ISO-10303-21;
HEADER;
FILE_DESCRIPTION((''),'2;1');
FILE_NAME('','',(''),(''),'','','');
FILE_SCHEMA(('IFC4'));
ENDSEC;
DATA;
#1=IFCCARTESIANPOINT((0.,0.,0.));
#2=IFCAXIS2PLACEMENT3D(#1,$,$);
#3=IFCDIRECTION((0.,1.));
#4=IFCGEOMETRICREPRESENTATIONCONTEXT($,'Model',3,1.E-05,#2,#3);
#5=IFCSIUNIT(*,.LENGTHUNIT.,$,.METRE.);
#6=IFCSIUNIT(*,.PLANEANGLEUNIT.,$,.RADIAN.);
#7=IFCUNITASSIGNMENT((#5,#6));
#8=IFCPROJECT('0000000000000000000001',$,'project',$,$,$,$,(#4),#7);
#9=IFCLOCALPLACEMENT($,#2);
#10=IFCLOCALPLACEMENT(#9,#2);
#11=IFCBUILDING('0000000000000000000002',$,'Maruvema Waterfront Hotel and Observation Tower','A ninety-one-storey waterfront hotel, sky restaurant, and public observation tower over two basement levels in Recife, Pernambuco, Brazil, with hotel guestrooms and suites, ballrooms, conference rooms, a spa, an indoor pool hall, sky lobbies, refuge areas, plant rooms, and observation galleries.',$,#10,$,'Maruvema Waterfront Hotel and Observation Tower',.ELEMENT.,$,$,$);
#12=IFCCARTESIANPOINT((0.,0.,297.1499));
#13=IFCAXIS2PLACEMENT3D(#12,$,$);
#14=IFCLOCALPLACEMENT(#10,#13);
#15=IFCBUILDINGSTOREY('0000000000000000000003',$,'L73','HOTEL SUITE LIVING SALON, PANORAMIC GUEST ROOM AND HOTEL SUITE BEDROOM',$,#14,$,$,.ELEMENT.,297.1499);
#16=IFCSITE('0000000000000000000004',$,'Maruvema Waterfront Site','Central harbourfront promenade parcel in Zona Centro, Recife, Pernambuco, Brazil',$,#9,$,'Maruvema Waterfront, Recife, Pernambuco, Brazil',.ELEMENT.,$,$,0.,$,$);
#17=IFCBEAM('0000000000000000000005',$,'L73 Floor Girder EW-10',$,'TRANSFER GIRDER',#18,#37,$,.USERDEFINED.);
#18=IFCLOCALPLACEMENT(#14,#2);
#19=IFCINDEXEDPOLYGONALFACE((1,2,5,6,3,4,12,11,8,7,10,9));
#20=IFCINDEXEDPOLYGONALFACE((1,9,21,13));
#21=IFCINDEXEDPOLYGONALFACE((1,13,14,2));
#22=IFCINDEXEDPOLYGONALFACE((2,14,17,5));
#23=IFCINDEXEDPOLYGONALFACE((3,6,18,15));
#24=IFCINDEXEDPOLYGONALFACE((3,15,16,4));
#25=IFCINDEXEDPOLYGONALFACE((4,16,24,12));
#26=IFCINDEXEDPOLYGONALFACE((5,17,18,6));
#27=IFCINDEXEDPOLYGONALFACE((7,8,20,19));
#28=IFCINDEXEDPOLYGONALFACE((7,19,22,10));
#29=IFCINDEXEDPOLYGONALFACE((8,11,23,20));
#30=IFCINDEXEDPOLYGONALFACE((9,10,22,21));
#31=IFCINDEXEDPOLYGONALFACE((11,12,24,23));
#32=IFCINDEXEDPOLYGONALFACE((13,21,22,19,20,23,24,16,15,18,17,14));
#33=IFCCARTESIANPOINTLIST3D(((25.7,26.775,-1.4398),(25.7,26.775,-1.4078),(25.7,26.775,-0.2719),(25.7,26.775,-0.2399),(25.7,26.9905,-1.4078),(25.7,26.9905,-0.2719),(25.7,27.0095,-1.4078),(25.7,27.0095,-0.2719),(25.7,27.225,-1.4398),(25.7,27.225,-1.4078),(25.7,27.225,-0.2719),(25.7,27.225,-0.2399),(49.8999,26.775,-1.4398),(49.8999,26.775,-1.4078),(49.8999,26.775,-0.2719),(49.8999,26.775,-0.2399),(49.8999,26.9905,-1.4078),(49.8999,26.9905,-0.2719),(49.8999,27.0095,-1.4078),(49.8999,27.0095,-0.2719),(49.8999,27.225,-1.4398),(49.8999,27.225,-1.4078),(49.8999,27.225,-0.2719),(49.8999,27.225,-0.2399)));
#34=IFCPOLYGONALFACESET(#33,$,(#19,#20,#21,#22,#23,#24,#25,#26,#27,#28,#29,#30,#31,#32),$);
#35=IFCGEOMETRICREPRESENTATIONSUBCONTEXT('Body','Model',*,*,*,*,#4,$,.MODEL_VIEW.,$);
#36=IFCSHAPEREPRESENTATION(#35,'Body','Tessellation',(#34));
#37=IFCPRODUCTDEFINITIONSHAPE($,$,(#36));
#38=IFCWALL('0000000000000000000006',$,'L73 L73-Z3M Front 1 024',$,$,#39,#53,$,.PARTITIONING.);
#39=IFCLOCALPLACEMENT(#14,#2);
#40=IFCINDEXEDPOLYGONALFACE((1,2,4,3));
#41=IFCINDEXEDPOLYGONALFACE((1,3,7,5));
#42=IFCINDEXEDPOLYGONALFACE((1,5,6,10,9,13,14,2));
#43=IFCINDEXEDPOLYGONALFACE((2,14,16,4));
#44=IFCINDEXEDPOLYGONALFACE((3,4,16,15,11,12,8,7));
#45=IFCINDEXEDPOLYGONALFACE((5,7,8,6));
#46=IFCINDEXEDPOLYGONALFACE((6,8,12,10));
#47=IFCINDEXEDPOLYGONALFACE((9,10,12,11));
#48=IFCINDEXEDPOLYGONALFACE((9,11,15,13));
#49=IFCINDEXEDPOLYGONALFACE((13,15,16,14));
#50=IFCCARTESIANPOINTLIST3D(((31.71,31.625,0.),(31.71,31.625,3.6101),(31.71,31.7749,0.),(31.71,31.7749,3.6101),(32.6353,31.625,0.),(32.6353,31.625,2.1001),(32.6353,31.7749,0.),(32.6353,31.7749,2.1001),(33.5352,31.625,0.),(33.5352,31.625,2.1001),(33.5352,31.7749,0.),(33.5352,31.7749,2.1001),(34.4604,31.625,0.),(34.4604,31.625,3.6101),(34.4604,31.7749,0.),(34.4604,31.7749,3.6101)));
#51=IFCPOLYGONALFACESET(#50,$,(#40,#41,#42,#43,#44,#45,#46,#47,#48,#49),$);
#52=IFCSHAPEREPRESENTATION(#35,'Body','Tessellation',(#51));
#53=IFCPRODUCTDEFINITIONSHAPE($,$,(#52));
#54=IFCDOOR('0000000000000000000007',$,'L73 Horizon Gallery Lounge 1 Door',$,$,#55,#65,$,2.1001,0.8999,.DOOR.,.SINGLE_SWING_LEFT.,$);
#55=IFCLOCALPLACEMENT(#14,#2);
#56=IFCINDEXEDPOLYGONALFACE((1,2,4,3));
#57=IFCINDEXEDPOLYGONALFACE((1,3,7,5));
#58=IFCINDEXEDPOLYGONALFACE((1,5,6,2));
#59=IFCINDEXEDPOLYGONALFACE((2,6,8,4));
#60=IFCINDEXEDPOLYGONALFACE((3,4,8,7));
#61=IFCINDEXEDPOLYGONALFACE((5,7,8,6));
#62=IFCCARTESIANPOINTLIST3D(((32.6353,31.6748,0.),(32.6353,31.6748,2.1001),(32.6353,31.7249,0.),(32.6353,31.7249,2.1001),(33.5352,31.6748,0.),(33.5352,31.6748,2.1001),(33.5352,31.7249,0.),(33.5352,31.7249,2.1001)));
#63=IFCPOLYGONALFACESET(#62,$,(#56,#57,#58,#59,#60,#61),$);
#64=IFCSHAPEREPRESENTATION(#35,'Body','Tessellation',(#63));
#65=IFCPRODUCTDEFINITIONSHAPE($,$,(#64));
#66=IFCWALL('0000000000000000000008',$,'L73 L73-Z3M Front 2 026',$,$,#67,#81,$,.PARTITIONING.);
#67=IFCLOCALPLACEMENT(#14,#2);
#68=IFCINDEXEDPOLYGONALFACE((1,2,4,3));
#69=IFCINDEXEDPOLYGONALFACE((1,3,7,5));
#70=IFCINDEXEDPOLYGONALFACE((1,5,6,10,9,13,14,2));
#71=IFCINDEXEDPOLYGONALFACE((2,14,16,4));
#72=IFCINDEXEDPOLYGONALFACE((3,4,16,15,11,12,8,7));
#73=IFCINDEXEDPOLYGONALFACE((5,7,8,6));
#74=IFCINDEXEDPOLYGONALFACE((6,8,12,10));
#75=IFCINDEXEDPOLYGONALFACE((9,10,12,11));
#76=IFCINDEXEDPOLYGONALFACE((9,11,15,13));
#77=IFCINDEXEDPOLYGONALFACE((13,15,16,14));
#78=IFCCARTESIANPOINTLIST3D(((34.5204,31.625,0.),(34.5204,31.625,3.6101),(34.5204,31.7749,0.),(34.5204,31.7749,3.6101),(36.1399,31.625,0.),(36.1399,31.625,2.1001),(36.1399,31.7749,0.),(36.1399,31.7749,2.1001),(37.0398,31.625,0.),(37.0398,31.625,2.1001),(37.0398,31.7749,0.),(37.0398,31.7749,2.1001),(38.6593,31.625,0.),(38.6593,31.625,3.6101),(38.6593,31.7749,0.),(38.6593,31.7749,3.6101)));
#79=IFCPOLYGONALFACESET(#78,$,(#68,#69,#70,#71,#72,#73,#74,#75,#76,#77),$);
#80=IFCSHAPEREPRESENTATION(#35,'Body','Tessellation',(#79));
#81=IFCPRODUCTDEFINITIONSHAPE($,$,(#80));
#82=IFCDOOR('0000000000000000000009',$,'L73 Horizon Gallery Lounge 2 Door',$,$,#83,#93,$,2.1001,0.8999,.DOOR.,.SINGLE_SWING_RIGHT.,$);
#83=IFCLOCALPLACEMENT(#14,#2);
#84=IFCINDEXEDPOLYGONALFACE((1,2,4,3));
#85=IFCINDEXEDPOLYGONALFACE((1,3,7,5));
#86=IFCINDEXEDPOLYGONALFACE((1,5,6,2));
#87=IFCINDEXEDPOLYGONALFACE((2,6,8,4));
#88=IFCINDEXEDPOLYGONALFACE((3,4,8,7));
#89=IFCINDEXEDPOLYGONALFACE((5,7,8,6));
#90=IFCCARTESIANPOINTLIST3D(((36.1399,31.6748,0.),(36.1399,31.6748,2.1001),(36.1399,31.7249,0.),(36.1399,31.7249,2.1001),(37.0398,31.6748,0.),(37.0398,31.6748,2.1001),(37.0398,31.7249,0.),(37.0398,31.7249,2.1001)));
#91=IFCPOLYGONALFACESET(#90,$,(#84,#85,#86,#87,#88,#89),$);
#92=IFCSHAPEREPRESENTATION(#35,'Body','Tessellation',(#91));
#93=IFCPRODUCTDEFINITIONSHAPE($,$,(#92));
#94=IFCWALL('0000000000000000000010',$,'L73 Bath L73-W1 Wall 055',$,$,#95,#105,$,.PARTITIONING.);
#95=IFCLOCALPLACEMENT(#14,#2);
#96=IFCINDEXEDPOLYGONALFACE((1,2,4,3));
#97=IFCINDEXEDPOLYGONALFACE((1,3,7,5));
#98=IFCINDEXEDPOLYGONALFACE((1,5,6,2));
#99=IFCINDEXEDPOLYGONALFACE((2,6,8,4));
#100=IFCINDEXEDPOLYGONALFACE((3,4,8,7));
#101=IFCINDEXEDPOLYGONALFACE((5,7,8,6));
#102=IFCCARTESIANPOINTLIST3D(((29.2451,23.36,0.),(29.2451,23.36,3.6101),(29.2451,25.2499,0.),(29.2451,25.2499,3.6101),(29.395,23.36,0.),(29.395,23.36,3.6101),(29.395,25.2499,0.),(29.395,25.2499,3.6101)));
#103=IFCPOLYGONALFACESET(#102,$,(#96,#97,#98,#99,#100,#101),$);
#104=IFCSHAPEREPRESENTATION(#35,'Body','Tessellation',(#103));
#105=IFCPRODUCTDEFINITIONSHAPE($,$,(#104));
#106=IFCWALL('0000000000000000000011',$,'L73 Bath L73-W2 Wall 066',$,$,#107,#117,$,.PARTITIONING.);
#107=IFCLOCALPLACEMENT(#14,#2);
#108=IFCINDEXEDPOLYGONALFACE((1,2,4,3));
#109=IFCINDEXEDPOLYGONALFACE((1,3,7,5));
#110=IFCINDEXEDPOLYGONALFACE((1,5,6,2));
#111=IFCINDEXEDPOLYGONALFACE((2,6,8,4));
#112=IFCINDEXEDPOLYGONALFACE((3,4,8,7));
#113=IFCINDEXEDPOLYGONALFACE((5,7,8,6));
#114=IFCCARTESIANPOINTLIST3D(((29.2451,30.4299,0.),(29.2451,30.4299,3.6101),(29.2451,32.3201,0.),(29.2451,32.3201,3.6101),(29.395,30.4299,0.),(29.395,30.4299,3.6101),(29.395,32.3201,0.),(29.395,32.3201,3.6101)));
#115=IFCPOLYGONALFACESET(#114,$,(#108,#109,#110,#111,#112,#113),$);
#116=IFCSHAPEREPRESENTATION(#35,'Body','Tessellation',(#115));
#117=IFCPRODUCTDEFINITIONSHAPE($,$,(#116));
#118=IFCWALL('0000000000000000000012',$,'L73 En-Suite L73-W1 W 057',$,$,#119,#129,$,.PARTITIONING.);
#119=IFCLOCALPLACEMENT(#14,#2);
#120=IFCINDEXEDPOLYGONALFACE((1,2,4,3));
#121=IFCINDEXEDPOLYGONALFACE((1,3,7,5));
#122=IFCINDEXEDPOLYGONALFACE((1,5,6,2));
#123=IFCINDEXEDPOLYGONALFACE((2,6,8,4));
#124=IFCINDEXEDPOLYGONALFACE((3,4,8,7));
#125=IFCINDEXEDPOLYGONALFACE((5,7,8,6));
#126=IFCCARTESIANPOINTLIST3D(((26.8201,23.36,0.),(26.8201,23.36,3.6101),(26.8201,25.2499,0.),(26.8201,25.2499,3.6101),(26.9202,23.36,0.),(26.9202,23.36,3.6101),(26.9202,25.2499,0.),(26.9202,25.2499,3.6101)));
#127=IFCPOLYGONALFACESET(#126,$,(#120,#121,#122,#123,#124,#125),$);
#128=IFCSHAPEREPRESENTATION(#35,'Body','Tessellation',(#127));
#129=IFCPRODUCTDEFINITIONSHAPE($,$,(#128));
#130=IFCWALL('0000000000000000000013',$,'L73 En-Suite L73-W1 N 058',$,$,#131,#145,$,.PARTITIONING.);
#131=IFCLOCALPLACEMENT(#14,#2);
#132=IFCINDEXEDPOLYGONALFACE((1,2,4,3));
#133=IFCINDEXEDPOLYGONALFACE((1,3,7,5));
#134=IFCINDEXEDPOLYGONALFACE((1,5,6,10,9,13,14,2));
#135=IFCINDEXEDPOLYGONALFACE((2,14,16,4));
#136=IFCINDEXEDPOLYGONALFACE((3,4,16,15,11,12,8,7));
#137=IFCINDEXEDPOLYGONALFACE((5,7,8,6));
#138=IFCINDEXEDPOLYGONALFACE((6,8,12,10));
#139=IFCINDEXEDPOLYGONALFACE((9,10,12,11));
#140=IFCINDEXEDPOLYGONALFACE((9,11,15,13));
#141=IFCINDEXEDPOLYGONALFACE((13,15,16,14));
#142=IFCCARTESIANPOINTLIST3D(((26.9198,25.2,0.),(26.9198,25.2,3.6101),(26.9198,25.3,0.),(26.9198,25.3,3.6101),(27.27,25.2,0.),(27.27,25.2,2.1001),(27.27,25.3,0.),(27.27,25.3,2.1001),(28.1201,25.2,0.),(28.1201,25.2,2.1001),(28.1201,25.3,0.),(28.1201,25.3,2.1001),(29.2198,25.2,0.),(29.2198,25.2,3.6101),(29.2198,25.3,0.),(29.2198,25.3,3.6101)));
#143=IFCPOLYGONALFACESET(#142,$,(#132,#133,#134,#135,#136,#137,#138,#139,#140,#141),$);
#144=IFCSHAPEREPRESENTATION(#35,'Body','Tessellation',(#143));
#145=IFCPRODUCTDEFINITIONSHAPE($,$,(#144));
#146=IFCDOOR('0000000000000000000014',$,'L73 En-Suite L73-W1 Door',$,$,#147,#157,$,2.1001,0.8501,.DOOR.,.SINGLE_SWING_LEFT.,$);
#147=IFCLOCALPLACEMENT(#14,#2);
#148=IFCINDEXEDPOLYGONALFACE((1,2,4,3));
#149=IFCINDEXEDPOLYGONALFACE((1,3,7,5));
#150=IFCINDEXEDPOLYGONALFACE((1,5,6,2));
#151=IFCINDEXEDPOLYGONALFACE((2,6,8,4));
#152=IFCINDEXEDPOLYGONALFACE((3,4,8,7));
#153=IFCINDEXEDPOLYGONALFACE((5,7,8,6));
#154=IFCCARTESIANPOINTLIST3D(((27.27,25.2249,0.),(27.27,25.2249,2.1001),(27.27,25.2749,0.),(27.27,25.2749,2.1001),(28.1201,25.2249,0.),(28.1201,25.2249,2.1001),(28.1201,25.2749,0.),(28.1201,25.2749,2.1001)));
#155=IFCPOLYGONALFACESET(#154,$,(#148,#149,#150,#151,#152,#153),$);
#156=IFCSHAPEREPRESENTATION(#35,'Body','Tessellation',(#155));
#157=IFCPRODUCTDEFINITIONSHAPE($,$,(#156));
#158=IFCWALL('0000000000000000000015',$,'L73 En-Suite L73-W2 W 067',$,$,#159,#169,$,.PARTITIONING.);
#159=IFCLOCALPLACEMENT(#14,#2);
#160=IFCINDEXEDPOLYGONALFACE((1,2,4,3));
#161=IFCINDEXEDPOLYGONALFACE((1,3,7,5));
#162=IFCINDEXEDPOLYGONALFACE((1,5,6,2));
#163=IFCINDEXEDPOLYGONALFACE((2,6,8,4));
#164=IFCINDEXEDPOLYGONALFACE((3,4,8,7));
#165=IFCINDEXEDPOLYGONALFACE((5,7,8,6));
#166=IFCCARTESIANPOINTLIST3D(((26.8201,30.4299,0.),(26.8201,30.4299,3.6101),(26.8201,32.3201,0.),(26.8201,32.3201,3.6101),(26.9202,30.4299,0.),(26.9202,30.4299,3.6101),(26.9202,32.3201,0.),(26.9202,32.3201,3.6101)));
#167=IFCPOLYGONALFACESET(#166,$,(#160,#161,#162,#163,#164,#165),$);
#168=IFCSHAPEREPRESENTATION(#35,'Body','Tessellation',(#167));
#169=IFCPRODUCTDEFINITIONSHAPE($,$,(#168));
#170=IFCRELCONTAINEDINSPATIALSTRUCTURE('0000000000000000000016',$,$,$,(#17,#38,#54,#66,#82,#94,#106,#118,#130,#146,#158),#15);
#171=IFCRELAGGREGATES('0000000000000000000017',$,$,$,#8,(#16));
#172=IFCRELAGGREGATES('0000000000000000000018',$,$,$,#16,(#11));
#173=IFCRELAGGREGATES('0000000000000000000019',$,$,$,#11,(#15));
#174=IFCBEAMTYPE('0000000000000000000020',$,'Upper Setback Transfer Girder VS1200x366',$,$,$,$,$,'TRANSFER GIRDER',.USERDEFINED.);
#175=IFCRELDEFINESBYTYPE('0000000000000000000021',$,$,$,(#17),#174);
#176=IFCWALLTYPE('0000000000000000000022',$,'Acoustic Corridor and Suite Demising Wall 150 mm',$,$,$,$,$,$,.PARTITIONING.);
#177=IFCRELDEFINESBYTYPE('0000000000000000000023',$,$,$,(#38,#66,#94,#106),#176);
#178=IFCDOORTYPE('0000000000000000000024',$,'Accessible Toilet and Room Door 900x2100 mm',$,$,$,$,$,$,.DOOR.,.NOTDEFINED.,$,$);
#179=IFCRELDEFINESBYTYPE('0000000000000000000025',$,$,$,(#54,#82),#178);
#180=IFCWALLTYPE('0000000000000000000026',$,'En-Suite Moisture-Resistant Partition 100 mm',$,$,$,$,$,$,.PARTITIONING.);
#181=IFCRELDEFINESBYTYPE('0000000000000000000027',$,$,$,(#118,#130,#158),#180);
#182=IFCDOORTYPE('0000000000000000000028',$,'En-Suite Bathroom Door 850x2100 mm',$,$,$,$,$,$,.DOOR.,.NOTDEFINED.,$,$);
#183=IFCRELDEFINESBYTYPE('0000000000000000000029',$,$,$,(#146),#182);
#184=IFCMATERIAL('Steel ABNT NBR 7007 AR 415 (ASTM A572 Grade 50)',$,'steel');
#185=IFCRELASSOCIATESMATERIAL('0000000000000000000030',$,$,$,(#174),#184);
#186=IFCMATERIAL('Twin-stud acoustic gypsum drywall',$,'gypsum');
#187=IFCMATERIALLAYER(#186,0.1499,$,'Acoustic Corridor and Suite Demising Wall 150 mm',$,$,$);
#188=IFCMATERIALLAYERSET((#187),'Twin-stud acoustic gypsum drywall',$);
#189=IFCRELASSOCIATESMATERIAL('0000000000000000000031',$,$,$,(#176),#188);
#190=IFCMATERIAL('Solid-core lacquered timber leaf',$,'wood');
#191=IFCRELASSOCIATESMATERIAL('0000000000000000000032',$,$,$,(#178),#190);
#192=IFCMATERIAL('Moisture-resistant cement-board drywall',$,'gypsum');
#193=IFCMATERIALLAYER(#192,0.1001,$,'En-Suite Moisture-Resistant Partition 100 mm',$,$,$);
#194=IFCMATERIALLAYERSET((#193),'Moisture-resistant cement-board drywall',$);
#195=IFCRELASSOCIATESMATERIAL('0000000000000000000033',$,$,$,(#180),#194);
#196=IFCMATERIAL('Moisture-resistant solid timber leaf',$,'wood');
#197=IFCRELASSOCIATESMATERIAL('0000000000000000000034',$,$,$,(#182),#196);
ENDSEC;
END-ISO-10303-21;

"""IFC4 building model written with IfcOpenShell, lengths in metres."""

from ifc_helpers import new_model, si_unit, direction, frame, frame_2d, origin, origin_2d, place, context, subcontext, project, spatial, rectangle, i_section, extrude, material, layer, layer_set, material_profile, profile_set, type_object, element, fill, save


model = new_model("IFC4")

# Units and contexts
model_context = context("Model", 3, precision=1e-05, world=origin(), true_north=direction((0.0, 1.0)))
body_context = subcontext(model_context, "Body", "Model", "MODEL_VIEW")
ifc_project = project(units=[si_unit("LENGTHUNIT", "METRE"), si_unit("PLANEANGLEUNIT", "RADIAN")], contexts=[model_context])

# Site, building, storey
site_placement = place(None, origin())
site = spatial("IfcSite", under=ifc_project, at=site_placement, Name="Maruvema Waterfront Site", Description="Central harbourfront promenade parcel in Zona Centro, Recife, Pernambuco, Brazil", LongName="Maruvema Waterfront, Recife, Pernambuco, Brazil", CompositionType="ELEMENT", RefElevation=0.0)
building_placement = place(site_placement, origin())
building = spatial("IfcBuilding", under=site, at=building_placement, Name="Maruvema Waterfront Hotel and Observation Tower", Description="A ninety-one-storey waterfront hotel, sky restaurant, and public observation tower over two basement levels in Recife, Pernambuco, Brazil, with hotel guestrooms and suites, ballrooms, conference rooms, a spa, an indoor pool hall, sky lobbies, refuge areas, plant rooms, and observation galleries.", LongName="Maruvema Waterfront Hotel and Observation Tower", CompositionType="ELEMENT")
storey_placement = place(building_placement, frame((0.0, 0.0, 297.1499)))
storey = spatial("IfcBuildingStorey", under=building, at=storey_placement, Name="L73", Description="HOTEL SUITE LIVING SALON, PANORAMIC GUEST ROOM AND HOTEL SUITE BEDROOM", CompositionType="ELEMENT", Elevation=297.1499)

# Beam
ifc_material_1 = material(Name="Steel ABNT NBR 7007 AR 415 (ASTM A572 Grade 50)", Category="steel")
ifc_material_profile = material_profile(ifc_material_1, i_section(OverallWidth=0.45, OverallDepth=1.2, WebThickness=0.019, FlangeThickness=0.032, at=origin_2d()), Name="VS1200x366")
ifc_profile_set = profile_set([ifc_material_profile], Name="Steel ABNT NBR 7007 AR 415 (ASTM A572 Grade 50)")
beam_type = type_object("IfcBeamType", Name="Upper Setback Transfer Girder VS1200x366", ElementType="TRANSFER GIRDER", PredefinedType="USERDEFINED", material=ifc_profile_set)
beam_placement = place(storey_placement, frame((25.7, 27.0, -0.8398), z_axis=(1.0, 0.0, 0.0), x_axis=(0.0, 1.0, 0.0)))
element("IfcBeam", 1, at=beam_placement, inside=storey, type_object=beam_type, Name="L73 Floor Girder EW-10", ObjectType="TRANSFER GIRDER", PredefinedType="USERDEFINED", context=body_context, shape_type="SweptSolid", body=[
    extrude(i_section(OverallWidth=0.45, OverallDepth=1.2, WebThickness=0.019, FlangeThickness=0.032, at=origin_2d()), origin(), (0.0, 0.0, 1.0), 24.2),
])

# Walls, openings, doors
ifc_material_2 = material(Name="Twin-stud acoustic gypsum drywall", Category="gypsum")
ifc_layer_1 = layer(ifc_material_2, 0.1499, Name="Acoustic Corridor and Suite Demising Wall 150 mm")
ifc_layer_set_1 = layer_set([ifc_layer_1], Name="Twin-stud acoustic gypsum drywall")
wall_type_1 = type_object("IfcWallType", Name="Acoustic Corridor and Suite Demising Wall 150 mm", PredefinedType="PARTITIONING", material=ifc_layer_set_1)
wall_1_placement = place(storey_placement, frame((31.71, 31.7, 0.0), z_axis=(0.0, 0.0, 1.0), x_axis=(1.0, 0.0, 0.0)))
wall_1 = element("IfcWall", 2, at=wall_1_placement, inside=storey, type_object=wall_type_1, Name="L73 L73-Z3M Front 1 024", PredefinedType="PARTITIONING", context=body_context, shape_type="SweptSolid", body=[
    extrude(rectangle(XDim=2.7505, YDim=0.1499, at=frame_2d((1.3752, 0.0))), origin(), (0.0, 0.0, 1.0), 3.6101),
])
opening_1_placement = place(wall_1_placement, frame((0.9253, 0.0, 0.0)))
opening_1 = element("IfcOpeningElement", 3, at=opening_1_placement, cuts=wall_1, PredefinedType="OPENING", context=body_context, shape_type="SweptSolid", body=[
    extrude(rectangle(XDim=0.8999, YDim=2.1001, at=frame_2d((0.45, 1.05))), frame((0.0, 0.085, 0.0), z_axis=(0.0, -1.0, 0.0), x_axis=(1.0, 0.0, 0.0)), (0.0, 0.0, 1.0), 0.1699),
])
ifc_material_3 = material(Name="Solid-core lacquered timber leaf", Category="wood")
door_type_1 = type_object("IfcDoorType", Name="Accessible Toilet and Room Door 900x2100 mm", OperationType="NOTDEFINED", PredefinedType="DOOR", material=ifc_material_3)
door_1_placement = place(opening_1_placement, origin())
door_1 = element("IfcDoor", 4, at=door_1_placement, inside=storey, type_object=door_type_1, Name="L73 Horizon Gallery Lounge 1 Door", OperationType="SINGLE_SWING_LEFT", OverallHeight=2.1001, OverallWidth=0.8999, PredefinedType="DOOR", context=body_context, shape_type="SweptSolid", body=[
    extrude(rectangle(XDim=0.8999, YDim=2.1001, at=frame_2d((0.45, 1.05))), frame((0.0, 0.0249, 0.0), z_axis=(0.0, -1.0, 0.0), x_axis=(1.0, 0.0, 0.0)), (0.0, 0.0, 1.0), 0.05),
])
fill(opening_1, door_1)
wall_2_placement = place(storey_placement, frame((34.5205, 31.7, 0.0), z_axis=(0.0, 0.0, 1.0), x_axis=(1.0, 0.0, 0.0)))
wall_2 = element("IfcWall", 5, at=wall_2_placement, inside=storey, type_object=wall_type_1, Name="L73 L73-Z3M Front 2 026", PredefinedType="PARTITIONING", context=body_context, shape_type="SweptSolid", body=[
    extrude(rectangle(XDim=4.1389, YDim=0.1499, at=frame_2d((2.0693, 0.0))), origin(), (0.0, 0.0, 1.0), 3.6101),
])
opening_2_placement = place(wall_2_placement, frame((1.6194, 0.0, 0.0)))
opening_2 = element("IfcOpeningElement", 6, at=opening_2_placement, cuts=wall_2, PredefinedType="OPENING", context=body_context, shape_type="SweptSolid", body=[
    extrude(rectangle(XDim=0.8999, YDim=2.1001, at=frame_2d((0.45, 1.05))), frame((0.0, 0.085, 0.0), z_axis=(0.0, -1.0, 0.0), x_axis=(1.0, 0.0, 0.0)), (0.0, 0.0, 1.0), 0.1699),
])
door_2_placement = place(opening_2_placement, origin())
door_2 = element("IfcDoor", 7, at=door_2_placement, inside=storey, type_object=door_type_1, Name="L73 Horizon Gallery Lounge 2 Door", OperationType="SINGLE_SWING_RIGHT", OverallHeight=2.1001, OverallWidth=0.8999, PredefinedType="DOOR", context=body_context, shape_type="SweptSolid", body=[
    extrude(rectangle(XDim=0.8999, YDim=2.1001, at=frame_2d((0.45, 1.05))), frame((0.0, 0.0249, 0.0), z_axis=(0.0, -1.0, 0.0), x_axis=(1.0, 0.0, 0.0)), (0.0, 0.0, 1.0), 0.05),
])
fill(opening_2, door_2)

# Wall
wall_3_placement = place(storey_placement, frame((29.3201, 23.3601, 0.0), z_axis=(0.0, 0.0, 1.0), x_axis=(0.0, 1.0, 0.0)))
element("IfcWall", 8, at=wall_3_placement, inside=storey, type_object=wall_type_1, Name="L73 Bath L73-W1 Wall 055", PredefinedType="PARTITIONING", context=body_context, shape_type="SweptSolid", body=[
    extrude(rectangle(XDim=1.8899, YDim=0.1499, at=frame_2d((0.9448, 0.0))), origin(), (0.0, 0.0, 1.0), 3.6101),
])

# Walls
wall_4_placement = place(storey_placement, frame((29.3201, 30.4299, 0.0), z_axis=(0.0, 0.0, 1.0), x_axis=(0.0, 1.0, 0.0)))
element("IfcWall", 9, at=wall_4_placement, inside=storey, type_object=wall_type_1, Name="L73 Bath L73-W2 Wall 066", PredefinedType="PARTITIONING", context=body_context, shape_type="SweptSolid", body=[
    extrude(rectangle(XDim=1.8901, YDim=0.1499, at=frame_2d((0.9451, 0.0))), origin(), (0.0, 0.0, 1.0), 3.6101),
])
ifc_material_4 = material(Name="Moisture-resistant cement-board drywall", Category="gypsum")
ifc_layer_2 = layer(ifc_material_4, 0.1001, Name="En-Suite Moisture-Resistant Partition 100 mm")
ifc_layer_set_2 = layer_set([ifc_layer_2], Name="Moisture-resistant cement-board drywall")
wall_type_2 = type_object("IfcWallType", Name="En-Suite Moisture-Resistant Partition 100 mm", PredefinedType="PARTITIONING", material=ifc_layer_set_2)
wall_5_placement = place(storey_placement, frame((26.8701, 23.3601, 0.0), z_axis=(0.0, 0.0, 1.0), x_axis=(0.0, 1.0, 0.0)))
element("IfcWall", 10, at=wall_5_placement, inside=storey, type_object=wall_type_2, Name="L73 En-Suite L73-W1 W 057", PredefinedType="PARTITIONING", context=body_context, shape_type="SweptSolid", body=[
    extrude(rectangle(XDim=1.8899, YDim=0.1001, at=frame_2d((0.9448, 0.0))), origin(), (0.0, 0.0, 1.0), 3.6101),
])

# Wall, opening, door
wall_6_placement = place(storey_placement, frame((26.9199, 25.25, 0.0), z_axis=(0.0, 0.0, 1.0), x_axis=(1.0, 0.0, 0.0)))
wall_6 = element("IfcWall", 11, at=wall_6_placement, inside=storey, type_object=wall_type_2, Name="L73 En-Suite L73-W1 N 058", PredefinedType="PARTITIONING", context=body_context, shape_type="SweptSolid", body=[
    extrude(rectangle(XDim=2.3, YDim=0.1001, at=frame_2d((1.1499, 0.0))), origin(), (0.0, 0.0, 1.0), 3.6101),
])
opening_3_placement = place(wall_6_placement, frame((0.3501, 0.0, 0.0)))
opening_3 = element("IfcOpeningElement", 12, at=opening_3_placement, cuts=wall_6, PredefinedType="OPENING", context=body_context, shape_type="SweptSolid", body=[
    extrude(rectangle(XDim=0.8501, YDim=2.1001, at=frame_2d((0.425, 1.05))), frame((0.0, 0.0601, 0.0), z_axis=(0.0, -1.0, 0.0), x_axis=(1.0, 0.0, 0.0)), (0.0, 0.0, 1.0), 0.1201),
])
ifc_material_5 = material(Name="Moisture-resistant solid timber leaf", Category="wood")
door_type_2 = type_object("IfcDoorType", Name="En-Suite Bathroom Door 850x2100 mm", OperationType="NOTDEFINED", PredefinedType="DOOR", material=ifc_material_5)
door_3_placement = place(opening_3_placement, origin())
door_3 = element("IfcDoor", 13, at=door_3_placement, inside=storey, type_object=door_type_2, Name="L73 En-Suite L73-W1 Door", OperationType="SINGLE_SWING_LEFT", OverallHeight=2.1001, OverallWidth=0.8501, PredefinedType="DOOR", context=body_context, shape_type="SweptSolid", body=[
    extrude(rectangle(XDim=0.8501, YDim=2.1001, at=frame_2d((0.425, 1.05))), frame((0.0, 0.0249, 0.0), z_axis=(0.0, -1.0, 0.0), x_axis=(1.0, 0.0, 0.0)), (0.0, 0.0, 1.0), 0.05),
])
fill(opening_3, door_3)

# Wall
wall_7_placement = place(storey_placement, frame((26.8701, 30.4299, 0.0), z_axis=(0.0, 0.0, 1.0), x_axis=(0.0, 1.0, 0.0)))
element("IfcWall", 14, at=wall_7_placement, inside=storey, type_object=wall_type_2, Name="L73 En-Suite L73-W2 W 067", PredefinedType="PARTITIONING", context=body_context, shape_type="SweptSolid", body=[
    extrude(rectangle(XDim=1.8901, YDim=0.1001, at=frame_2d((0.9451, 0.0))), origin(), (0.0, 0.0, 1.0), 3.6101),
])

save(model, "model.ifc")
